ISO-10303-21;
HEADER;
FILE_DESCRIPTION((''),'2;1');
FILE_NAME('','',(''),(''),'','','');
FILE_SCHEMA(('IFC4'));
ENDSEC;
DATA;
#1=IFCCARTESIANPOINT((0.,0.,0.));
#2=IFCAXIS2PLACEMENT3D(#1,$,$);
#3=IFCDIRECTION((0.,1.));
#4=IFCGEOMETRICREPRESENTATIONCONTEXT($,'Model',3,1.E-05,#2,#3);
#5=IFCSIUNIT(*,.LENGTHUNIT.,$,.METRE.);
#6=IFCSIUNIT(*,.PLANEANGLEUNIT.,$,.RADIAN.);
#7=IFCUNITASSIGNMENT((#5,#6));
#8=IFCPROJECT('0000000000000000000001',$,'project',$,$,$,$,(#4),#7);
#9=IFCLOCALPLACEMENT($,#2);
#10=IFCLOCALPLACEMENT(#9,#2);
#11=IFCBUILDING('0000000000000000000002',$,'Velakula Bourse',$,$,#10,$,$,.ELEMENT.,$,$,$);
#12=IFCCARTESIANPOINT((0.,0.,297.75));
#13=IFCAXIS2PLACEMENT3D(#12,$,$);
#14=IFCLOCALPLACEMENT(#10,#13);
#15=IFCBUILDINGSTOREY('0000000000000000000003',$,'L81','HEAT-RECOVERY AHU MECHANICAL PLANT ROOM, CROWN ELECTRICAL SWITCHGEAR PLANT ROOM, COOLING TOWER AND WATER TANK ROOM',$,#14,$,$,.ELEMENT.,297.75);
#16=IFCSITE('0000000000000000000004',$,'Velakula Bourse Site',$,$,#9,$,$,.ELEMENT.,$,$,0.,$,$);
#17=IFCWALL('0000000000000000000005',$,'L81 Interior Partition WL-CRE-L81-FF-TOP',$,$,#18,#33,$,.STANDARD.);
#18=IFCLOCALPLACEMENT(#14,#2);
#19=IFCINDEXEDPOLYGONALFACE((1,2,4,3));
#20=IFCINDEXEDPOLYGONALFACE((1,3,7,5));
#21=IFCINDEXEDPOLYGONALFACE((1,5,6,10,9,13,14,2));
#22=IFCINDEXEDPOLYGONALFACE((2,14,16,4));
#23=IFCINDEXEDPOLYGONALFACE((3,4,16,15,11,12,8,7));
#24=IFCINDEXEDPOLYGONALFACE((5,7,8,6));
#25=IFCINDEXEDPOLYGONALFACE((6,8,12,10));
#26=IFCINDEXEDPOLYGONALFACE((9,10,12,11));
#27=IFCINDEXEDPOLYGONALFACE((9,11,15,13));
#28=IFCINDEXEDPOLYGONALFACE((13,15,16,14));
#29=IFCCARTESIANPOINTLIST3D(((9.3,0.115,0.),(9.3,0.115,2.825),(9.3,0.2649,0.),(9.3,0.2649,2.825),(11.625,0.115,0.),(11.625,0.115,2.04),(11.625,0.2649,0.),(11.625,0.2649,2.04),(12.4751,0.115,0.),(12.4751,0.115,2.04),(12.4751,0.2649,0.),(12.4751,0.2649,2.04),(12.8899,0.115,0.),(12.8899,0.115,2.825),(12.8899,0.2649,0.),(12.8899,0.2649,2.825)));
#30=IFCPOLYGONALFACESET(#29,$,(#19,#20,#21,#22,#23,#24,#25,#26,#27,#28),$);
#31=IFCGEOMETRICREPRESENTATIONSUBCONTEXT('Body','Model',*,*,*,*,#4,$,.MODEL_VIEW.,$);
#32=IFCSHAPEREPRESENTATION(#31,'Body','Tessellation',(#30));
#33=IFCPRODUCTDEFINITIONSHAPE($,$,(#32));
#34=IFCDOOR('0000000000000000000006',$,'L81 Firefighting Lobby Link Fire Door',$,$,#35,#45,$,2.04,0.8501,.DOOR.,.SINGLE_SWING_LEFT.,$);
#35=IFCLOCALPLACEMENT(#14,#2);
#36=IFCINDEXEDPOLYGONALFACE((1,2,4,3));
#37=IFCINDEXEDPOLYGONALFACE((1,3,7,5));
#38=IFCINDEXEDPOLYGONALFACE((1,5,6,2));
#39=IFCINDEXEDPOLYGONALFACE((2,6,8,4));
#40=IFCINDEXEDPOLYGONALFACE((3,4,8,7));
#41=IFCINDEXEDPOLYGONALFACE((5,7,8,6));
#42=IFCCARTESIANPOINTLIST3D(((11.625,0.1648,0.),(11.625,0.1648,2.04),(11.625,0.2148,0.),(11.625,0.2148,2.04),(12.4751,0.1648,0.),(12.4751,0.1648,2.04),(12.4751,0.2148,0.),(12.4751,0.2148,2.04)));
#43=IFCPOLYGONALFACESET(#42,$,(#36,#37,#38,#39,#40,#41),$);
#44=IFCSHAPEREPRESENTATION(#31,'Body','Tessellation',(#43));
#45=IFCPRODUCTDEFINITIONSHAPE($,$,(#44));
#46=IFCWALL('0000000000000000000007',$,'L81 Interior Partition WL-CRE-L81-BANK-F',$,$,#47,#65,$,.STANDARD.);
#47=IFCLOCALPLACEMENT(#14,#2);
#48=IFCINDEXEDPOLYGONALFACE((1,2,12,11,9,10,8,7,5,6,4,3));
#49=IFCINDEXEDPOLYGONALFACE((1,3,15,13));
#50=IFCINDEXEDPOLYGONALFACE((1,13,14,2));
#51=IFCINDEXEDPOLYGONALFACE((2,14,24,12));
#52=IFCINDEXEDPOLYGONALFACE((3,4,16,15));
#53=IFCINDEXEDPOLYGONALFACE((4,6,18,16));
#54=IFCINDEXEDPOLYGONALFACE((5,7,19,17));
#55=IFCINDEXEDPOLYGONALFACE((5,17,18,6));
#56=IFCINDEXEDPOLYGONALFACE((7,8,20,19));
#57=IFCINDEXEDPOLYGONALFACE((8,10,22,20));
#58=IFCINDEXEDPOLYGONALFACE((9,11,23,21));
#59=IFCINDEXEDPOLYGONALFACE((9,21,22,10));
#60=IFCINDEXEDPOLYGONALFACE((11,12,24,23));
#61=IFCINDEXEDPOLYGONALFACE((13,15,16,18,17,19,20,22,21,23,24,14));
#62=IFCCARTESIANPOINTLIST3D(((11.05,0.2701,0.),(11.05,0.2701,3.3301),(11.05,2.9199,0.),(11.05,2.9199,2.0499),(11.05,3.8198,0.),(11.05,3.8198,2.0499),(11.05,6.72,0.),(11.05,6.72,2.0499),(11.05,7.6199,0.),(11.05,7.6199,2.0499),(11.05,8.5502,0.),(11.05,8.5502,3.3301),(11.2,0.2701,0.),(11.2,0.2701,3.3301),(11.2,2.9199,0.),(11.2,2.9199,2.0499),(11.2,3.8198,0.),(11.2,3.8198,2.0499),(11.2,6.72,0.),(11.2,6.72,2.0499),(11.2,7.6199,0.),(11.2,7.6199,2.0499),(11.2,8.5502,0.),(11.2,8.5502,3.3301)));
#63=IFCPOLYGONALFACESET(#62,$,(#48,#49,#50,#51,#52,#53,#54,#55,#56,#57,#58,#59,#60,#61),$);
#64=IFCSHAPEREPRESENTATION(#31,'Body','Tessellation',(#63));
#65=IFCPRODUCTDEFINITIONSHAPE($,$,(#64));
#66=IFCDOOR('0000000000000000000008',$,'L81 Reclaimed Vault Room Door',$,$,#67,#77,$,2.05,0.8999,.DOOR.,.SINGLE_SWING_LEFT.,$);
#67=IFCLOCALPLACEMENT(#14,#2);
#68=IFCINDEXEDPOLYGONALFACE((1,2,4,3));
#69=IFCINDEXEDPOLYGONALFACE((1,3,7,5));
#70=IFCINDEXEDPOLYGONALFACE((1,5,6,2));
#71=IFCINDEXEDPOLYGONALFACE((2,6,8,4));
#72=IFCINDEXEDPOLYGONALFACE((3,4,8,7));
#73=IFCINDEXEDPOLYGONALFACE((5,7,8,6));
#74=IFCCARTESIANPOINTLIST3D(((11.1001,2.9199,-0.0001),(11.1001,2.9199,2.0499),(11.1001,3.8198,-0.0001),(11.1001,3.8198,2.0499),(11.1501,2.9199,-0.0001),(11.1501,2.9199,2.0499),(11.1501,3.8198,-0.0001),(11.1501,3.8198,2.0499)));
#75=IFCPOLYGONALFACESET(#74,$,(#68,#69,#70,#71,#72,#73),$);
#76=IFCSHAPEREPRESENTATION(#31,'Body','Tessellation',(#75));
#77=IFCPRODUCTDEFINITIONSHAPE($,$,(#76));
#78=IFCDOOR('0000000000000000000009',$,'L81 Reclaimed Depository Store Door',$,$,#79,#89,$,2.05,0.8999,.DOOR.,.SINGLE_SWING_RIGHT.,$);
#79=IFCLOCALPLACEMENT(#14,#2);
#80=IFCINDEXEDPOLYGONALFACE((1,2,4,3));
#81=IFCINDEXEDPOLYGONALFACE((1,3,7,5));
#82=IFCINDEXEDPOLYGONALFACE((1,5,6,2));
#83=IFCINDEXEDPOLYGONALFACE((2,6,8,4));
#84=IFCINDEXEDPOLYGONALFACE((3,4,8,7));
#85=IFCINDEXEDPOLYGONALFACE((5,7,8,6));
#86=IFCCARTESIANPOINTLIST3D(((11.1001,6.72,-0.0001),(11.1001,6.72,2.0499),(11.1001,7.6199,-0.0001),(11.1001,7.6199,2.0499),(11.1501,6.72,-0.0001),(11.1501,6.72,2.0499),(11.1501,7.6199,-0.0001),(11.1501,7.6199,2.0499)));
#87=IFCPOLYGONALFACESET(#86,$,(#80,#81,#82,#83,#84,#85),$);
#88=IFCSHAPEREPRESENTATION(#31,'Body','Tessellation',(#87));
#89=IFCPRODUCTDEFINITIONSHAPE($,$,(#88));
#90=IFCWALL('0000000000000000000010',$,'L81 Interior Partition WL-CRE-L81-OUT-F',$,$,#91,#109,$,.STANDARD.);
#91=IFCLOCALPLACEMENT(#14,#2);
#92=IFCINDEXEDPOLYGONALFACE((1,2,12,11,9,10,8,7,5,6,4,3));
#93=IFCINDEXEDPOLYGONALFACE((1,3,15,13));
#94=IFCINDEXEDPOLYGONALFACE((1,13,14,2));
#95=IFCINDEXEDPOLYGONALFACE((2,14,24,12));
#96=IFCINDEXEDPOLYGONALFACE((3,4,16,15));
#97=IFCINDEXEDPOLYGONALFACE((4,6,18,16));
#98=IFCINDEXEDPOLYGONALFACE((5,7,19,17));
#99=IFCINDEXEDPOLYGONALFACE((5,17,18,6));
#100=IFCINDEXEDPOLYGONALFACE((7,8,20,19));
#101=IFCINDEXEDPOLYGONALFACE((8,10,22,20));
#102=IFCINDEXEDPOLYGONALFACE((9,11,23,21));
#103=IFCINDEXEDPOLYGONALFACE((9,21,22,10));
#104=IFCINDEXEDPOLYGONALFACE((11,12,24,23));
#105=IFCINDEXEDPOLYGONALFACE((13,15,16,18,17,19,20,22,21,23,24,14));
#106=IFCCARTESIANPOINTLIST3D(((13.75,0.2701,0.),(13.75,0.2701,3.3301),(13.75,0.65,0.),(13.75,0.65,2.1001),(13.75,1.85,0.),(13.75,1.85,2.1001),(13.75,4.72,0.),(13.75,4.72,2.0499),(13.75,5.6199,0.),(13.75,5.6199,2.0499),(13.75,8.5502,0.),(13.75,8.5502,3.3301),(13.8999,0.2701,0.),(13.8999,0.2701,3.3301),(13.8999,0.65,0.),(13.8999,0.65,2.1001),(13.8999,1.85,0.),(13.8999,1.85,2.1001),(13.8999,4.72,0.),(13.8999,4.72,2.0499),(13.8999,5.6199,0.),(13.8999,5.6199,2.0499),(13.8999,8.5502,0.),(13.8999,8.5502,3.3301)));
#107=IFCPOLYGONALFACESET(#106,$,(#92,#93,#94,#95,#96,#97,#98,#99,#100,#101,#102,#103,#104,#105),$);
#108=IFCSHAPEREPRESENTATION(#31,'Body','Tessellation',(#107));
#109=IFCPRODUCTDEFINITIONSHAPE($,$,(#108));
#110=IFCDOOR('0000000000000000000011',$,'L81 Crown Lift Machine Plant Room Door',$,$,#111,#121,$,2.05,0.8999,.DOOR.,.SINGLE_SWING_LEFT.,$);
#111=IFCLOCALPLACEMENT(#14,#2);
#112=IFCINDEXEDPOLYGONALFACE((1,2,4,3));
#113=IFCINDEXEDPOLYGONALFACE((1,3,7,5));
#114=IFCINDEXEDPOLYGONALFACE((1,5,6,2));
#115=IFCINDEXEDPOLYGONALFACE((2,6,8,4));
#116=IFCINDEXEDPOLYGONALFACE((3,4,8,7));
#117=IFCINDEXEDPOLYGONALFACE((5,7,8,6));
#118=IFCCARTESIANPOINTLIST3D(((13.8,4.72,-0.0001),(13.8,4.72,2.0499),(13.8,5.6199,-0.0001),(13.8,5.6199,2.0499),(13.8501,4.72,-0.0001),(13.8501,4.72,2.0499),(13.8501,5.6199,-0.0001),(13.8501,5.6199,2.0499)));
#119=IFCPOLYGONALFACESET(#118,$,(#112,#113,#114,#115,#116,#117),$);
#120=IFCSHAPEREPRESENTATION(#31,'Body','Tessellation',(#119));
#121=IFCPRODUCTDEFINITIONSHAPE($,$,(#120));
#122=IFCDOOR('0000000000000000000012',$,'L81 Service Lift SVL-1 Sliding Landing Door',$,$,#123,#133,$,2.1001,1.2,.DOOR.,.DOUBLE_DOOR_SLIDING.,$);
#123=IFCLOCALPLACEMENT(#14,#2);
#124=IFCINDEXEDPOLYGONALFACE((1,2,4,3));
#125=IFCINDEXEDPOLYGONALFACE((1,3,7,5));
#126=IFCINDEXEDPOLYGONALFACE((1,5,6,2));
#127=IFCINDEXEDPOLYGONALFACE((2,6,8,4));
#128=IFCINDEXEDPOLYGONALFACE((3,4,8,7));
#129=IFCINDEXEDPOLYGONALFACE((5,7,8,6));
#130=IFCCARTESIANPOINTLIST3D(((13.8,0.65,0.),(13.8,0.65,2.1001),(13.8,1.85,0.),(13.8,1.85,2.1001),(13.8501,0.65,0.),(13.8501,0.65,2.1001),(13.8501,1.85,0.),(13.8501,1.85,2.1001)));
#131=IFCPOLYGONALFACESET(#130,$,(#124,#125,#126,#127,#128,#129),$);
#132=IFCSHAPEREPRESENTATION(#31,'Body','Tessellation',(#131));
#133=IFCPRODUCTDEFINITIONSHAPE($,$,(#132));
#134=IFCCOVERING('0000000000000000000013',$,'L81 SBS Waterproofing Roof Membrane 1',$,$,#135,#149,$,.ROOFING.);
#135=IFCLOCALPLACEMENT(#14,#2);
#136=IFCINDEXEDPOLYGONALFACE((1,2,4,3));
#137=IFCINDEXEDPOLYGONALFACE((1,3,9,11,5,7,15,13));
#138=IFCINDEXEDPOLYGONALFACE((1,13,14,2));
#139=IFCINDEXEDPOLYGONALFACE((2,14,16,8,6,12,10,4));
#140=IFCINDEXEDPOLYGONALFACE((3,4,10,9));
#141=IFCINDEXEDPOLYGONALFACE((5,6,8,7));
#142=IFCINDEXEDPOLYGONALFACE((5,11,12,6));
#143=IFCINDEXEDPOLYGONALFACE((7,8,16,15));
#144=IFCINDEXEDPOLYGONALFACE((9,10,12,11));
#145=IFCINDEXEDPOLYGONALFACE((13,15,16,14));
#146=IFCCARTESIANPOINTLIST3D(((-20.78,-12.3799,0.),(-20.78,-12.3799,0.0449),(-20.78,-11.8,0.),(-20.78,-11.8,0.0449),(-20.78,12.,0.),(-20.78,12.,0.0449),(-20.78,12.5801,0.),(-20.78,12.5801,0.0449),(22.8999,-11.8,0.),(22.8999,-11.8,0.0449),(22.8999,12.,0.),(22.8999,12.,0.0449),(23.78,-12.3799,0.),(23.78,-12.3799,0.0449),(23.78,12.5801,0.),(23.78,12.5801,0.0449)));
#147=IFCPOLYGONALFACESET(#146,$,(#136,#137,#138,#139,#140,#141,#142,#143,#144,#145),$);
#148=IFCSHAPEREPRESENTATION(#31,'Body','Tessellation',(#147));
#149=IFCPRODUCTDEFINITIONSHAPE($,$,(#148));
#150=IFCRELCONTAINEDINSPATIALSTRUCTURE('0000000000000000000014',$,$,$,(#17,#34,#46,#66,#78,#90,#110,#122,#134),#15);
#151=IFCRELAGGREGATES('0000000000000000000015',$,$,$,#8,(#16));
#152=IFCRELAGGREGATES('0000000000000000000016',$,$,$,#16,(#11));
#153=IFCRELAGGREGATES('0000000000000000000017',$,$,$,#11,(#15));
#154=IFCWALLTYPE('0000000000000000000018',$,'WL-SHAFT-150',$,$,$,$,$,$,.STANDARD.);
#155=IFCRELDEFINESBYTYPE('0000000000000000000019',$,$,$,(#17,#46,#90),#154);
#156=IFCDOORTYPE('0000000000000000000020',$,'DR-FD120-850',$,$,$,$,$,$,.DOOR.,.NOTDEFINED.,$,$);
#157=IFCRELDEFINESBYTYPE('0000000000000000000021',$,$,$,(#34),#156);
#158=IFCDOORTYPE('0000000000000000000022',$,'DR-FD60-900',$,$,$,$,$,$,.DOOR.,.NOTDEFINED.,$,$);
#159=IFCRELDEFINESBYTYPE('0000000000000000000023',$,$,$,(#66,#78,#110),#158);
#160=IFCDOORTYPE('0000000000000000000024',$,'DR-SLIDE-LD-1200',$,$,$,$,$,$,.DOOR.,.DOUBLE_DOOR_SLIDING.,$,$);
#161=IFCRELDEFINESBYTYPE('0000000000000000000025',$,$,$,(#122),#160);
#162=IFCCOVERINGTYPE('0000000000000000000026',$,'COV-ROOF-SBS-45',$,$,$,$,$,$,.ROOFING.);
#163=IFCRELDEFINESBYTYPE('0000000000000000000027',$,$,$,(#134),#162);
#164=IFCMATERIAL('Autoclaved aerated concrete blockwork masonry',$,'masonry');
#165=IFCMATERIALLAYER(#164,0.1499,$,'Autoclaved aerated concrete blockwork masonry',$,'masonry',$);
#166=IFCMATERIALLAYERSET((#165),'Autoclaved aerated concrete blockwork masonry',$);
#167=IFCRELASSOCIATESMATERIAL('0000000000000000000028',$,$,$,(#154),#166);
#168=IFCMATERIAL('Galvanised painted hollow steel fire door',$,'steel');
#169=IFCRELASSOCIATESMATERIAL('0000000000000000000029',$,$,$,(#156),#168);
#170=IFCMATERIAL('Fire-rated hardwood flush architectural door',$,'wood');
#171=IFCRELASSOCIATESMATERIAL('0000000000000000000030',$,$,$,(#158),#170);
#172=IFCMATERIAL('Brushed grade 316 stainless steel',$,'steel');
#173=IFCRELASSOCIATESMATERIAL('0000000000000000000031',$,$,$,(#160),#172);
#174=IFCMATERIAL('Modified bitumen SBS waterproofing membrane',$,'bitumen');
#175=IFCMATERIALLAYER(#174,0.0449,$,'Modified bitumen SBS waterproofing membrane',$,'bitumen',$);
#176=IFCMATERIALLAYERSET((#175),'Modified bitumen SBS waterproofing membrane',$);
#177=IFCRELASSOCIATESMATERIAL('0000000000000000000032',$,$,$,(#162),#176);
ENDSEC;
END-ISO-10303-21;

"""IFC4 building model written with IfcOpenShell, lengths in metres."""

from ifc_helpers import new_model, si_unit, direction, frame, frame_2d, origin, place, context, subcontext, project, spatial, polyline, rectangle, outline, extrude, material, layer, layer_set, type_object, element, fill, save


model = new_model("IFC4")

# Units and contexts
model_context = context("Model", 3, precision=1e-05, world=origin(), true_north=direction((0.0, 1.0)))
body_context = subcontext(model_context, "Body", "Model", "MODEL_VIEW")
ifc_project = project(units=[si_unit("LENGTHUNIT", "METRE"), si_unit("PLANEANGLEUNIT", "RADIAN")], contexts=[model_context])

# Site, building, storey
site_placement = place(None, origin())
site = spatial("IfcSite", under=ifc_project, at=site_placement, Name="Velakula Bourse Site", CompositionType="ELEMENT", RefElevation=0.0)
building_placement = place(site_placement, origin())
building = spatial("IfcBuilding", under=site, at=building_placement, Name="Velakula Bourse", CompositionType="ELEMENT")
storey_placement = place(building_placement, frame((0.0, 0.0, 297.75)))
storey = spatial("IfcBuildingStorey", under=building, at=storey_placement, Name="L81", Description="HEAT-RECOVERY AHU MECHANICAL PLANT ROOM, CROWN ELECTRICAL SWITCHGEAR PLANT ROOM, COOLING TOWER AND WATER TANK ROOM", CompositionType="ELEMENT", Elevation=297.75)

# Shared definitions
ifc_material_1 = material(Name="Fire-rated hardwood flush architectural door", Category="wood")

# Wall, opening, door
ifc_material_2 = material(Name="Autoclaved aerated concrete blockwork masonry", Category="masonry")
ifc_layer_1 = layer(ifc_material_2, 0.1499, Name="Autoclaved aerated concrete blockwork masonry", Category="masonry")
ifc_layer_set_1 = layer_set([ifc_layer_1], Name="Autoclaved aerated concrete blockwork masonry")
wall_type_1 = type_object("IfcWallType", Name="WL-SHAFT-150", PredefinedType="STANDARD", material=ifc_layer_set_1)
wall_1_placement = place(storey_placement, frame((9.3, 0.1899, 0.0), z_axis=(0.0, 0.0, 1.0), x_axis=(1.0, 0.0, 0.0)))
wall_1 = element("IfcWall", 1, at=wall_1_placement, inside=storey, type_object=wall_type_1, Name="L81 Interior Partition WL-CRE-L81-FF-TOP", PredefinedType="STANDARD", context=body_context, shape_type="SweptSolid", body=[
    extrude(rectangle(XDim=3.5898, YDim=0.1499, at=frame_2d((1.7949, 0.0))), origin(), (0.0, 0.0, 1.0), 2.825),
])
opening_1_placement = place(wall_1_placement, frame((2.325, 0.0, 0.0)))
opening_1 = element("IfcOpeningElement", 2, at=opening_1_placement, cuts=wall_1, PredefinedType="OPENING", context=body_context, shape_type="SweptSolid", body=[
    extrude(rectangle(XDim=0.8501, YDim=2.04, at=frame_2d((0.425, 1.02))), frame((0.0, 0.085, 0.0), z_axis=(0.0, -1.0, 0.0), x_axis=(1.0, 0.0, 0.0)), (0.0, 0.0, 1.0), 0.1699),
])
ifc_material_3 = material(Name="Galvanised painted hollow steel fire door", Category="steel")
door_type_1 = type_object("IfcDoorType", Name="DR-FD120-850", OperationType="NOTDEFINED", PredefinedType="DOOR", material=ifc_material_3)
door_1_placement = place(opening_1_placement, origin())
door_1 = element("IfcDoor", 3, at=door_1_placement, inside=storey, type_object=door_type_1, Name="L81 Firefighting Lobby Link Fire Door", OperationType="SINGLE_SWING_LEFT", OverallHeight=2.04, OverallWidth=0.8501, PredefinedType="DOOR", context=body_context, shape_type="SweptSolid", body=[
    extrude(rectangle(XDim=0.8501, YDim=2.04, at=frame_2d((0.425, 1.02))), frame((0.0, 0.0249, 0.0), z_axis=(0.0, -1.0, 0.0), x_axis=(1.0, 0.0, 0.0)), (0.0, 0.0, 1.0), 0.05),
])
fill(opening_1, door_1)

# Walls, openings, doors
wall_2_placement = place(storey_placement, frame((11.125, 0.27, 0.0), z_axis=(0.0, 0.0, 1.0), x_axis=(0.0, 1.0, 0.0)))
wall_2 = element("IfcWall", 4, at=wall_2_placement, inside=storey, type_object=wall_type_1, Name="L81 Interior Partition WL-CRE-L81-BANK-F", PredefinedType="STANDARD", context=body_context, shape_type="SweptSolid", body=[
    extrude(rectangle(XDim=8.28, YDim=0.1499, at=frame_2d((4.1401, 0.0))), origin(), (0.0, 0.0, 1.0), 3.3301),
])
opening_2_placement = place(wall_2_placement, frame((2.6499, 0.0, 0.0)))
opening_2 = element("IfcOpeningElement", 5, at=opening_2_placement, cuts=wall_2, PredefinedType="OPENING", context=body_context, shape_type="SweptSolid", body=[
    extrude(rectangle(XDim=0.8999, YDim=2.05, at=frame_2d((0.45, 1.0249))), frame((0.0, 0.085, 0.0), z_axis=(0.0, -1.0, 0.0), x_axis=(1.0, 0.0, 0.0)), (0.0, 0.0, 1.0), 0.1699),
])
opening_3_placement = place(wall_2_placement, frame((6.45, 0.0, 0.0)))
opening_3 = element("IfcOpeningElement", 6, at=opening_3_placement, cuts=wall_2, PredefinedType="OPENING", context=body_context, shape_type="SweptSolid", body=[
    extrude(rectangle(XDim=0.8999, YDim=2.05, at=frame_2d((0.45, 1.0249))), frame((0.0, 0.085, 0.0), z_axis=(0.0, -1.0, 0.0), x_axis=(1.0, 0.0, 0.0)), (0.0, 0.0, 1.0), 0.1699),
])
door_type_2 = type_object("IfcDoorType", Name="DR-FD60-900", OperationType="NOTDEFINED", PredefinedType="DOOR", material=ifc_material_1)
door_2_placement = place(opening_2_placement, origin())
door_2 = element("IfcDoor", 7, at=door_2_placement, inside=storey, type_object=door_type_2, Name="L81 Reclaimed Vault Room Door", OperationType="SINGLE_SWING_LEFT", OverallHeight=2.05, OverallWidth=0.8999, PredefinedType="DOOR", context=body_context, shape_type="SweptSolid", body=[
    extrude(rectangle(XDim=0.8999, YDim=2.05, at=frame_2d((0.45, 1.0249))), frame((0.0, 0.0249, 0.0), z_axis=(0.0, -1.0, 0.0), x_axis=(1.0, 0.0, 0.0)), (0.0, 0.0, 1.0), 0.05),
])
fill(opening_2, door_2)
door_3_placement = place(opening_3_placement, origin())
door_3 = element("IfcDoor", 8, at=door_3_placement, inside=storey, type_object=door_type_2, Name="L81 Reclaimed Depository Store Door", OperationType="SINGLE_SWING_RIGHT", OverallHeight=2.05, OverallWidth=0.8999, PredefinedType="DOOR", context=body_context, shape_type="SweptSolid", body=[
    extrude(rectangle(XDim=0.8999, YDim=2.05, at=frame_2d((0.45, 1.0249))), frame((0.0, 0.0249, 0.0), z_axis=(0.0, -1.0, 0.0), x_axis=(1.0, 0.0, 0.0)), (0.0, 0.0, 1.0), 0.05),
])
fill(opening_3, door_3)
wall_3_placement = place(storey_placement, frame((13.825, 0.27, 0.0), z_axis=(0.0, 0.0, 1.0), x_axis=(0.0, 1.0, 0.0)))
wall_3 = element("IfcWall", 9, at=wall_3_placement, inside=storey, type_object=wall_type_1, Name="L81 Interior Partition WL-CRE-L81-OUT-F", PredefinedType="STANDARD", context=body_context, shape_type="SweptSolid", body=[
    extrude(rectangle(XDim=8.28, YDim=0.1499, at=frame_2d((4.1401, 0.0))), origin(), (0.0, 0.0, 1.0), 3.3301),
])
opening_4_placement = place(wall_3_placement, frame((4.45, 0.0, 0.0)))
opening_4 = element("IfcOpeningElement", 10, at=opening_4_placement, cuts=wall_3, PredefinedType="OPENING", context=body_context, shape_type="SweptSolid", body=[
    extrude(rectangle(XDim=0.8999, YDim=2.05, at=frame_2d((0.45, 1.0249))), frame((0.0, 0.085, 0.0), z_axis=(0.0, -1.0, 0.0), x_axis=(1.0, 0.0, 0.0)), (0.0, 0.0, 1.0), 0.1699),
])
opening_5_placement = place(wall_3_placement, frame((0.3799, 0.0, 0.0)))
opening_5 = element("IfcOpeningElement", 11, at=opening_5_placement, cuts=wall_3, PredefinedType="OPENING", context=body_context, shape_type="SweptSolid", body=[
    extrude(rectangle(XDim=1.2, YDim=2.1001, at=frame_2d((0.6001, 1.05))), frame((0.0, 0.085, 0.0), z_axis=(0.0, -1.0, 0.0), x_axis=(1.0, 0.0, 0.0)), (0.0, 0.0, 1.0), 0.1699),
])
door_4_placement = place(opening_4_placement, origin())
door_4 = element("IfcDoor", 12, at=door_4_placement, inside=storey, type_object=door_type_2, Name="L81 Crown Lift Machine Plant Room Door", OperationType="SINGLE_SWING_LEFT", OverallHeight=2.05, OverallWidth=0.8999, PredefinedType="DOOR", context=body_context, shape_type="SweptSolid", body=[
    extrude(rectangle(XDim=0.8999, YDim=2.05, at=frame_2d((0.45, 1.0249))), frame((0.0, 0.0249, 0.0), z_axis=(0.0, -1.0, 0.0), x_axis=(1.0, 0.0, 0.0)), (0.0, 0.0, 1.0), 0.05),
])
fill(opening_4, door_4)
ifc_material_4 = material(Name="Brushed grade 316 stainless steel", Category="steel")
door_type_3 = type_object("IfcDoorType", Name="DR-SLIDE-LD-1200", OperationType="DOUBLE_DOOR_SLIDING", PredefinedType="DOOR", material=ifc_material_4)
door_5_placement = place(opening_5_placement, origin())
door_5 = element("IfcDoor", 13, at=door_5_placement, inside=storey, type_object=door_type_3, Name="L81 Service Lift SVL-1 Sliding Landing Door", OperationType="DOUBLE_DOOR_SLIDING", OverallHeight=2.1001, OverallWidth=1.2, PredefinedType="DOOR", context=body_context, shape_type="SweptSolid", body=[
    extrude(rectangle(XDim=1.2, YDim=2.1001, at=frame_2d((0.6001, 1.05))), frame((0.0, 0.0249, 0.0), z_axis=(0.0, -1.0, 0.0), x_axis=(1.0, 0.0, 0.0)), (0.0, 0.0, 1.0), 0.05),
])
fill(opening_5, door_5)

# Covering
ifc_material_5 = material(Name="Modified bitumen SBS waterproofing membrane", Category="bitumen")
ifc_layer_2 = layer(ifc_material_5, 0.0449, Name="Modified bitumen SBS waterproofing membrane", Category="bitumen")
ifc_layer_set_2 = layer_set([ifc_layer_2], Name="Modified bitumen SBS waterproofing membrane")
covering_type = type_object("IfcCoveringType", Name="COV-ROOF-SBS-45", PredefinedType="ROOFING", material=ifc_layer_set_2)
covering_placement = place(storey_placement, origin())
element("IfcCovering", 14, at=covering_placement, inside=storey, type_object=covering_type, Name="L81 SBS Waterproofing Roof Membrane 1", PredefinedType="ROOFING", context=body_context, shape_type="SweptSolid", body=[
    extrude(outline(polyline([(-20.78, -11.8), (22.8999, -11.8), (22.8999, 12.0), (-20.78, 12.0), (-20.78, 12.5801), (23.78, 12.5801), (23.78, -12.3799), (-20.78, -12.3799), (-20.78, -11.8)])), origin(), (0.0, 0.0, 1.0), 0.0449),
])

save(model, "model.ifc")
